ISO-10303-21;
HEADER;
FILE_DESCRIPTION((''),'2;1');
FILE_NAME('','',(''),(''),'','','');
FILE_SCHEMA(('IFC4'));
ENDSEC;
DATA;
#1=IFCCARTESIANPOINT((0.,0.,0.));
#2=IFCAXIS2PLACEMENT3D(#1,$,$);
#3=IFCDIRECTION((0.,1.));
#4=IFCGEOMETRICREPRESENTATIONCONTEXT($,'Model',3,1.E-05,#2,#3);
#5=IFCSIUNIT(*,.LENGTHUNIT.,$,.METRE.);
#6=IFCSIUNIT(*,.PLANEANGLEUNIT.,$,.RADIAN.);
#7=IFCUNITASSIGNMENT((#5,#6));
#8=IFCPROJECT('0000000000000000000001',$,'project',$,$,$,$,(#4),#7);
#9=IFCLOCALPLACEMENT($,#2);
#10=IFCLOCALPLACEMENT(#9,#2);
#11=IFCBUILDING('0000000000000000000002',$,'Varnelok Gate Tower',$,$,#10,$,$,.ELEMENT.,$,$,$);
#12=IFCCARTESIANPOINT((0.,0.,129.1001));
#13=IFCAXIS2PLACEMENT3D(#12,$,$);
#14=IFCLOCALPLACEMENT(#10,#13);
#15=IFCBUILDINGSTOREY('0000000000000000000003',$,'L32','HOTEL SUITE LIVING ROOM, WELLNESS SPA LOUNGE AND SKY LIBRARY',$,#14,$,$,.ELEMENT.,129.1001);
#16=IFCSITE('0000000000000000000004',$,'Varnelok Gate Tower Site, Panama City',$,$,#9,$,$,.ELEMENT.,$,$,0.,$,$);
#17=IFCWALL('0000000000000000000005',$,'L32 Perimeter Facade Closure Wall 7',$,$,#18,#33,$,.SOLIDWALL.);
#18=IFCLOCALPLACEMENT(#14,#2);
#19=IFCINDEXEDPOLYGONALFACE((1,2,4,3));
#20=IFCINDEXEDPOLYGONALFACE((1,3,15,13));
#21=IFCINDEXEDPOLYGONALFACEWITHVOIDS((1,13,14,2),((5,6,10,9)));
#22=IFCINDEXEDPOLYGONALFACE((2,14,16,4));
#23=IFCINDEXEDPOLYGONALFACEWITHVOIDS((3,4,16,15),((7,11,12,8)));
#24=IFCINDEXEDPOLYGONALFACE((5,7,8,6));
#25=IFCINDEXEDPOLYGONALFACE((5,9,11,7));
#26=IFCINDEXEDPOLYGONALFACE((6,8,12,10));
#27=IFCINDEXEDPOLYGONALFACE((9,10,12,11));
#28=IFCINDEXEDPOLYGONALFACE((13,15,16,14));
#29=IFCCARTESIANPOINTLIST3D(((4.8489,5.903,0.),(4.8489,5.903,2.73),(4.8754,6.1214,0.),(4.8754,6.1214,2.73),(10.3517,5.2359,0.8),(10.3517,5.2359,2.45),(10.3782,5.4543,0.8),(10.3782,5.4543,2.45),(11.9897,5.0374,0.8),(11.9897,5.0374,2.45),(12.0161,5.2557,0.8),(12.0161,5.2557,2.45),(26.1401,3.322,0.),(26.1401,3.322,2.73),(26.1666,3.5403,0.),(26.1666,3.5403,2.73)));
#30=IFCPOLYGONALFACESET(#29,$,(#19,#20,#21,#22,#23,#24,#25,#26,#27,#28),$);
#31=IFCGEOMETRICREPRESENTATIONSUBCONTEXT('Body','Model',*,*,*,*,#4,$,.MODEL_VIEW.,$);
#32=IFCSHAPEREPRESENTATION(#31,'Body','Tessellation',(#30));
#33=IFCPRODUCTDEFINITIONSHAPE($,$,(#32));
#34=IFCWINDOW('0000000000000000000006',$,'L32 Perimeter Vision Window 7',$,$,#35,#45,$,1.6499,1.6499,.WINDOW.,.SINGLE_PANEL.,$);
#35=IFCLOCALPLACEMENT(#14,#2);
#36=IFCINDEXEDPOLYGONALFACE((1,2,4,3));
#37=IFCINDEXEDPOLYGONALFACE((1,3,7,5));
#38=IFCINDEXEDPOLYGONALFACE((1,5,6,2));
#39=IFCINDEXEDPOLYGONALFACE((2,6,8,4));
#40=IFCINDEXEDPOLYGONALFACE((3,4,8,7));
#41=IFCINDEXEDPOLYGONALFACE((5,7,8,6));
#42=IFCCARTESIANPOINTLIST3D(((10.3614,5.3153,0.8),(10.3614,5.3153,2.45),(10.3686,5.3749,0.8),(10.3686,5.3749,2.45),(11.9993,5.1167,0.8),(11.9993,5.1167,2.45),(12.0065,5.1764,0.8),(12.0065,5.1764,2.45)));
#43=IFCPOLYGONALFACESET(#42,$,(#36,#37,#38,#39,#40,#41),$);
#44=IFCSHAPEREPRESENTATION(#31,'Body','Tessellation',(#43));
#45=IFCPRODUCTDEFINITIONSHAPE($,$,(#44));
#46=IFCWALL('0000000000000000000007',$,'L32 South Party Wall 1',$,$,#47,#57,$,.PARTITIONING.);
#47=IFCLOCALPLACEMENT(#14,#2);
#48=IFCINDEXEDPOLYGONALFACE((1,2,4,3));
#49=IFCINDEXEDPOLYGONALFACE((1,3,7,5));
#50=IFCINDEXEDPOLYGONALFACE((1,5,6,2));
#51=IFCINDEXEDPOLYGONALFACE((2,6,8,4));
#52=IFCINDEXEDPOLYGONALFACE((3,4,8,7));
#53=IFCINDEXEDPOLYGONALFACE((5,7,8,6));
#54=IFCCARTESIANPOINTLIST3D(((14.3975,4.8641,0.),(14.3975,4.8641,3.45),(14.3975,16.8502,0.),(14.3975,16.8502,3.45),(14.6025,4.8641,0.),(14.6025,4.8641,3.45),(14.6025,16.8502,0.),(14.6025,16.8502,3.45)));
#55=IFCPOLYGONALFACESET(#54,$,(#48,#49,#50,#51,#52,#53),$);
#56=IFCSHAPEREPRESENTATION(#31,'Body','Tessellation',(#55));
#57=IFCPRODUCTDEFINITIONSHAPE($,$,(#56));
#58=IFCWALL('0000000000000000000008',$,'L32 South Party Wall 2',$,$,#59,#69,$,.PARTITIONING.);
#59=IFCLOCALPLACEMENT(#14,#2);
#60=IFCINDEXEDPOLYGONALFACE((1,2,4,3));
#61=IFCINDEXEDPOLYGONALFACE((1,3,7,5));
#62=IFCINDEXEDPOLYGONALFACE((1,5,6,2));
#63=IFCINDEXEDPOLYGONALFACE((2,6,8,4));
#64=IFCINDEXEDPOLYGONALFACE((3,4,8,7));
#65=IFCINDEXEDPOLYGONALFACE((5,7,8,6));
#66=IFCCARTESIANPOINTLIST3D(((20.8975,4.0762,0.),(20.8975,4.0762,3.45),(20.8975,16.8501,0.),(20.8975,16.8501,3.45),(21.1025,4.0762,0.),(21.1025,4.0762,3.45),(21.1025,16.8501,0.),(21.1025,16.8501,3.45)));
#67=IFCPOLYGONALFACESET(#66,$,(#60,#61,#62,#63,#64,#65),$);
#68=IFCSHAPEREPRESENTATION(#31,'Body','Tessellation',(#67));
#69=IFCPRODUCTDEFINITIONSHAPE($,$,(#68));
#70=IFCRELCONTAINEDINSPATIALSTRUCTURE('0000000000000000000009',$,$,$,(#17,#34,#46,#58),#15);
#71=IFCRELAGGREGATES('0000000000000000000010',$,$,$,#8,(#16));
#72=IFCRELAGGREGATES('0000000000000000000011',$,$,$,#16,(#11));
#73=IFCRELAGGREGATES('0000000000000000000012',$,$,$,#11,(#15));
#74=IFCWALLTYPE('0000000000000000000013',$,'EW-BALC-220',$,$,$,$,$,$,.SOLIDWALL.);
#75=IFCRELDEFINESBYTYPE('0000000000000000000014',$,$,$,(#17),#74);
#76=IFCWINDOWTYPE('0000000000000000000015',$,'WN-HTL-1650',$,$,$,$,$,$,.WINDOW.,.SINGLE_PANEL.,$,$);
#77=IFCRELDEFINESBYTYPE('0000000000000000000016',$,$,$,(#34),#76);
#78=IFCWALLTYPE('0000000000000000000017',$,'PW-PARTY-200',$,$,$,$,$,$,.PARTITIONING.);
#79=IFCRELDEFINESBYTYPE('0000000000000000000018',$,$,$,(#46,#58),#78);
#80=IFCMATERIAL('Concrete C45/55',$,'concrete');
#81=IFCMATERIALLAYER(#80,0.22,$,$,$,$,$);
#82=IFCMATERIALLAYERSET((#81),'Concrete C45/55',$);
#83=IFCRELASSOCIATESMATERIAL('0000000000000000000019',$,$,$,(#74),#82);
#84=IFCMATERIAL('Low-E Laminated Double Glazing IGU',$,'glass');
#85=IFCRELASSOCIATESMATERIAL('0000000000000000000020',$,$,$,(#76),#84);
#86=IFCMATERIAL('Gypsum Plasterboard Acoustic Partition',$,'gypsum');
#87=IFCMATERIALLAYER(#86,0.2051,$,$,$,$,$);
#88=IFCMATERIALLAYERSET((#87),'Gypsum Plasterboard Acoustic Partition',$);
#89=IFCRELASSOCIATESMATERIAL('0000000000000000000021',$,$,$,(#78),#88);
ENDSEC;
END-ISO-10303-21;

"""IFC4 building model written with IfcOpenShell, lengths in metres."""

from ifc_helpers import new_model, si_unit, direction, frame, frame_2d, origin, place, context, subcontext, project, spatial, rectangle, extrude, material, layer, layer_set, type_object, element, fill, save


model = new_model("IFC4")

# Units and contexts
model_context = context("Model", 3, precision=1e-05, world=origin(), true_north=direction((0.0, 1.0)))
body_context = subcontext(model_context, "Body", "Model", "MODEL_VIEW")
ifc_project = project(units=[si_unit("LENGTHUNIT", "METRE"), si_unit("PLANEANGLEUNIT", "RADIAN")], contexts=[model_context])

# Site, building, storey
site_placement = place(None, origin())
site = spatial("IfcSite", under=ifc_project, at=site_placement, Name="Varnelok Gate Tower Site, Panama City", CompositionType="ELEMENT", RefElevation=0.0)
building_placement = place(site_placement, origin())
building = spatial("IfcBuilding", under=site, at=building_placement, Name="Varnelok Gate Tower", CompositionType="ELEMENT")
storey_placement = place(building_placement, frame((0.0, 0.0, 129.1001)))
storey = spatial("IfcBuildingStorey", under=building, at=storey_placement, Name="L32", Description="HOTEL SUITE LIVING ROOM, WELLNESS SPA LOUNGE AND SKY LIBRARY", CompositionType="ELEMENT", Elevation=129.1001)

# Shared definitions
ifc_material_1 = material(Name="Concrete C45/55", Category="concrete")

# Shared definitions
ifc_layer_1 = layer(ifc_material_1, 0.22)
ifc_layer_set_1 = layer_set([ifc_layer_1], Name="Concrete C45/55")
wall_type_1 = type_object("IfcWallType", Name="EW-BALC-220", PredefinedType="SOLIDWALL", material=ifc_layer_set_1)

# Wall, opening, window
wall_1_placement = place(storey_placement, frame((4.8621, 6.0122, 0.0), z_axis=(0.0, 0.0, 1.0), x_axis=(0.992732, -0.120345, 0.0)))
wall_1 = element("IfcWall", 1, at=wall_1_placement, inside=storey, type_object=wall_type_1, Name="L32 Perimeter Facade Closure Wall 7", PredefinedType="SOLIDWALL", context=body_context, shape_type="SweptSolid", body=[
    extrude(rectangle(XDim=21.447, YDim=0.22, at=frame_2d((10.7236, 0.0))), origin(), (0.0, 0.0, 1.0), 2.73),
])
opening_placement = place(wall_1_placement, frame((5.5432, 0.0, 0.8)))
opening = element("IfcOpeningElement", 2, at=opening_placement, cuts=wall_1, PredefinedType="OPENING", context=body_context, shape_type="SweptSolid", body=[
    extrude(rectangle(XDim=1.6499, YDim=1.6499, at=frame_2d((0.825, 0.825))), frame((0.0, 0.1199, 0.0), z_axis=(0.0, -1.0, 0.0), x_axis=(1.0, 0.0, 0.0)), (0.0, 0.0, 1.0), 0.24),
])
ifc_material_2 = material(Name="Low-E Laminated Double Glazing IGU", Category="glass")
window_type = type_object("IfcWindowType", Name="WN-HTL-1650", PartitioningType="SINGLE_PANEL", PredefinedType="WINDOW", material=ifc_material_2)
window_placement = place(opening_placement, origin())
window = element("IfcWindow", 3, at=window_placement, inside=storey, type_object=window_type, Name="L32 Perimeter Vision Window 7", OverallHeight=1.6499, OverallWidth=1.6499, PartitioningType="SINGLE_PANEL", PredefinedType="WINDOW", context=body_context, shape_type="SweptSolid", body=[
    extrude(rectangle(XDim=1.6499, YDim=1.6499, at=frame_2d((0.825, 0.825))), frame((0.0, 0.03, 0.0), z_axis=(0.0, -1.0, 0.0), x_axis=(1.0, 0.0, 0.0)), (0.0, 0.0, 1.0), 0.0601),
])
fill(opening, window)

# Walls
ifc_material_3 = material(Name="Gypsum Plasterboard Acoustic Partition", Category="gypsum")
ifc_layer_2 = layer(ifc_material_3, 0.2051)
ifc_layer_set_2 = layer_set([ifc_layer_2], Name="Gypsum Plasterboard Acoustic Partition")
wall_type_2 = type_object("IfcWallType", Name="PW-PARTY-200", PredefinedType="PARTITIONING", material=ifc_layer_set_2)
wall_2_placement = place(storey_placement, frame((14.5, 4.864, 0.0), z_axis=(0.0, 0.0, 1.0), x_axis=(0.0, 1.0, 0.0)))
element("IfcWall", 4, at=wall_2_placement, inside=storey, type_object=wall_type_2, Name="L32 South Party Wall 1", PredefinedType="PARTITIONING", context=body_context, shape_type="SweptSolid", body=[
    extrude(rectangle(XDim=11.9861, YDim=0.2051, at=frame_2d((5.9932, 0.0))), origin(), (0.0, 0.0, 1.0), 3.45),
])
wall_3_placement = place(storey_placement, frame((21.0, 4.0762, 0.0), z_axis=(0.0, 0.0, 1.0), x_axis=(0.0, 1.0, 0.0)))
element("IfcWall", 5, at=wall_3_placement, inside=storey, type_object=wall_type_2, Name="L32 South Party Wall 2", PredefinedType="PARTITIONING", context=body_context, shape_type="SweptSolid", body=[
    extrude(rectangle(XDim=12.7739, YDim=0.2051, at=frame_2d((6.387, 0.0))), origin(), (0.0, 0.0, 1.0), 3.45),
])

save(model, "model.ifc")
